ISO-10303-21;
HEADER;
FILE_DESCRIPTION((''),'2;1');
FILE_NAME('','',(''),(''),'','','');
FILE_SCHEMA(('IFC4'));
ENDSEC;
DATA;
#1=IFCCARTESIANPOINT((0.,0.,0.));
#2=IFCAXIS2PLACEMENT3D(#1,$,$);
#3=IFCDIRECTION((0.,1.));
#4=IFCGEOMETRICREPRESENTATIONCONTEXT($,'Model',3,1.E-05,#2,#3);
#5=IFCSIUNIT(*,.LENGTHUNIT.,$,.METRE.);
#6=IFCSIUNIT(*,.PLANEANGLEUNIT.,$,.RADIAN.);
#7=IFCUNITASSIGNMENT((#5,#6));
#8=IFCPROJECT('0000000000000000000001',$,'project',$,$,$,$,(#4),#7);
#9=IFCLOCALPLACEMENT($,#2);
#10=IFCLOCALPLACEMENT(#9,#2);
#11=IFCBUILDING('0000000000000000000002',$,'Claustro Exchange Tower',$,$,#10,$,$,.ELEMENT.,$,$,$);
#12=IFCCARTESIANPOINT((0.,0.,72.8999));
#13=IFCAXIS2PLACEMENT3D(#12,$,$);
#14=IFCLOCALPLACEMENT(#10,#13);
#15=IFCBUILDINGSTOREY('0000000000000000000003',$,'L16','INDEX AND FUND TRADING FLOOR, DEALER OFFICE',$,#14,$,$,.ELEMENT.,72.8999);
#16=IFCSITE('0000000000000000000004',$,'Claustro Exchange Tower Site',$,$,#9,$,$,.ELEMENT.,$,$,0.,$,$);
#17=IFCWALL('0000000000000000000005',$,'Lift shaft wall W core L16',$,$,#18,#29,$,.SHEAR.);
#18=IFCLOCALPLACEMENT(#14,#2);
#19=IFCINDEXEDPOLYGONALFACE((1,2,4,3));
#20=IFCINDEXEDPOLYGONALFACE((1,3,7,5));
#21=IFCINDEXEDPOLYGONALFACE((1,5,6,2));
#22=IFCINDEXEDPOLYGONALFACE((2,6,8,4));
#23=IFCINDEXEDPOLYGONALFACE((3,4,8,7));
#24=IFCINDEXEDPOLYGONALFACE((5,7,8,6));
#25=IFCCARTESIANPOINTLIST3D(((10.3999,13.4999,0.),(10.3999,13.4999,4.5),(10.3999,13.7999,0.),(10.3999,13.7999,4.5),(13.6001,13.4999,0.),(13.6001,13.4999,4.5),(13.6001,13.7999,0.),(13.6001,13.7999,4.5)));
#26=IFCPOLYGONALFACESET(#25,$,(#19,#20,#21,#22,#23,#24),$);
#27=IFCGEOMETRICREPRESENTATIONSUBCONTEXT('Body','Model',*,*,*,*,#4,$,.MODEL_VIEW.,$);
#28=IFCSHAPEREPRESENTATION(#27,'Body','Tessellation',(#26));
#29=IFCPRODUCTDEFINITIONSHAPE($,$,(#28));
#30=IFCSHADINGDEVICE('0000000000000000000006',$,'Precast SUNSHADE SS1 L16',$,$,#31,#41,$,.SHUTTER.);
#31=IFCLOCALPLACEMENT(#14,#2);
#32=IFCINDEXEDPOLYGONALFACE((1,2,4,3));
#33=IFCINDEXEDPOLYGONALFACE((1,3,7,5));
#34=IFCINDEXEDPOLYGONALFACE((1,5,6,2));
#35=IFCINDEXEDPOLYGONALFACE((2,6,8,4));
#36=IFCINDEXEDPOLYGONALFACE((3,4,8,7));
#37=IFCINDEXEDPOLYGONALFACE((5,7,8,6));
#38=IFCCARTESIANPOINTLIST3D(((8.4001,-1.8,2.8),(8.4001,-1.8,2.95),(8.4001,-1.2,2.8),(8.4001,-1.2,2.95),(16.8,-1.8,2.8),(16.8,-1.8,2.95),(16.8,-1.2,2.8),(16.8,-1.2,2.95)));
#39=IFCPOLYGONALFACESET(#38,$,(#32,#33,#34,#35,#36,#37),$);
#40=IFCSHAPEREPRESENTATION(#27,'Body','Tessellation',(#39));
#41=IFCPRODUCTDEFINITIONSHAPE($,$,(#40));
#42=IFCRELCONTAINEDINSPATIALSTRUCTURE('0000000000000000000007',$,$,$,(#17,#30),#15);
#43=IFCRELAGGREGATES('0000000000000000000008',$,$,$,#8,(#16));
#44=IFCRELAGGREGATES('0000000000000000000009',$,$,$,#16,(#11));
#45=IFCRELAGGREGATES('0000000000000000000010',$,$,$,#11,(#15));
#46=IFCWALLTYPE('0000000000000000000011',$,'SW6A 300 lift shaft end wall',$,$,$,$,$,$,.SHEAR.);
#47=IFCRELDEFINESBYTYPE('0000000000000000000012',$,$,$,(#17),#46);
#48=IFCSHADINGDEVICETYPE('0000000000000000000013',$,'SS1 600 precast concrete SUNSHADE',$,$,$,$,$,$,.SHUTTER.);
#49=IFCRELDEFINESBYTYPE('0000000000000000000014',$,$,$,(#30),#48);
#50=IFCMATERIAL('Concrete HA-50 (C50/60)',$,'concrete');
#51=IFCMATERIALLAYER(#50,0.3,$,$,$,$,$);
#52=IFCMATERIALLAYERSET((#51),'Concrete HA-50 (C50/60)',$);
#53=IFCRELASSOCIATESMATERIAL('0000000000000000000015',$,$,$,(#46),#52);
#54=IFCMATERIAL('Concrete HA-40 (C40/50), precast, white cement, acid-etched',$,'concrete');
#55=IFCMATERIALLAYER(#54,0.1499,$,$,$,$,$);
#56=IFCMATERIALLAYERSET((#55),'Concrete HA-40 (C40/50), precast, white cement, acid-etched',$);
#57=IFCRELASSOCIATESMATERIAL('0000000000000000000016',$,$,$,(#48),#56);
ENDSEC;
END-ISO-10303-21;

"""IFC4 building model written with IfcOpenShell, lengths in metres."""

from ifc_helpers import new_model, si_unit, direction, frame, frame_2d, origin, origin_2d, place, context, subcontext, project, spatial, rectangle, extrude, material, layer, layer_set, type_object, element, save


model = new_model("IFC4")

# Units and contexts
model_context = context("Model", 3, precision=1e-05, world=origin(), true_north=direction((0.0, 1.0)))
body_context = subcontext(model_context, "Body", "Model", "MODEL_VIEW")
ifc_project = project(units=[si_unit("LENGTHUNIT", "METRE"), si_unit("PLANEANGLEUNIT", "RADIAN")], contexts=[model_context])

# Site, building, storey
site_placement = place(None, origin())
site = spatial("IfcSite", under=ifc_project, at=site_placement, Name="Claustro Exchange Tower Site", CompositionType="ELEMENT", RefElevation=0.0)
building_placement = place(site_placement, origin())
building = spatial("IfcBuilding", under=site, at=building_placement, Name="Claustro Exchange Tower", CompositionType="ELEMENT")
storey_placement = place(building_placement, frame((0.0, 0.0, 72.8999)))
storey = spatial("IfcBuildingStorey", under=building, at=storey_placement, Name="L16", Description="INDEX AND FUND TRADING FLOOR, DEALER OFFICE", CompositionType="ELEMENT", Elevation=72.8999)

# Wall
ifc_material_1 = material(Name="Concrete HA-50 (C50/60)", Category="concrete")
ifc_layer_1 = layer(ifc_material_1, 0.3)
ifc_layer_set_1 = layer_set([ifc_layer_1], Name="Concrete HA-50 (C50/60)")
wall_type_1 = type_object("IfcWallType", Name="SW6A 300 lift shaft end wall", PredefinedType="SHEAR", material=ifc_layer_set_1)
wall_1_placement = place(storey_placement, frame((10.3999, 13.6499, 0.0), z_axis=(0.0, 0.0, 1.0), x_axis=(1.0, 0.0, 0.0)))
element("IfcWall", 1, at=wall_1_placement, inside=storey, type_object=wall_type_1, Name="Lift shaft wall W core L16", PredefinedType="SHEAR", context=body_context, shape_type="SweptSolid", body=[
    extrude(rectangle(XDim=3.2002, YDim=0.3, at=frame_2d((1.6001, 0.0))), origin(), (0.0, 0.0, 1.0), 4.5),
])

# Shading device
ifc_material_2 = material(Name="Concrete HA-40 (C40/50), precast, white cement, acid-etched", Category="concrete")
ifc_layer_2 = layer(ifc_material_2, 0.1499)
ifc_layer_set_2 = layer_set([ifc_layer_2], Name="Concrete HA-40 (C40/50), precast, white cement, acid-etched")
shading_device_type = type_object("IfcShadingDeviceType", Name="SS1 600 precast concrete SUNSHADE", PredefinedType="SHUTTER", material=ifc_layer_set_2)
shading_device_placement = place(storey_placement, frame((12.6001, -1.5, 2.8), z_axis=(0.0, 0.0, 1.0), x_axis=(-1.0, 0.0, 0.0)))
element("IfcShadingDevice", 2, at=shading_device_placement, inside=storey, type_object=shading_device_type, Name="Precast SUNSHADE SS1 L16", PredefinedType="SHUTTER", context=body_context, shape_type="SweptSolid", body=[
    extrude(rectangle(XDim=8.3999, YDim=0.6001, at=origin_2d()), origin(), (0.0, 0.0, 1.0), 0.1499),
])

save(model, "model.ifc")
